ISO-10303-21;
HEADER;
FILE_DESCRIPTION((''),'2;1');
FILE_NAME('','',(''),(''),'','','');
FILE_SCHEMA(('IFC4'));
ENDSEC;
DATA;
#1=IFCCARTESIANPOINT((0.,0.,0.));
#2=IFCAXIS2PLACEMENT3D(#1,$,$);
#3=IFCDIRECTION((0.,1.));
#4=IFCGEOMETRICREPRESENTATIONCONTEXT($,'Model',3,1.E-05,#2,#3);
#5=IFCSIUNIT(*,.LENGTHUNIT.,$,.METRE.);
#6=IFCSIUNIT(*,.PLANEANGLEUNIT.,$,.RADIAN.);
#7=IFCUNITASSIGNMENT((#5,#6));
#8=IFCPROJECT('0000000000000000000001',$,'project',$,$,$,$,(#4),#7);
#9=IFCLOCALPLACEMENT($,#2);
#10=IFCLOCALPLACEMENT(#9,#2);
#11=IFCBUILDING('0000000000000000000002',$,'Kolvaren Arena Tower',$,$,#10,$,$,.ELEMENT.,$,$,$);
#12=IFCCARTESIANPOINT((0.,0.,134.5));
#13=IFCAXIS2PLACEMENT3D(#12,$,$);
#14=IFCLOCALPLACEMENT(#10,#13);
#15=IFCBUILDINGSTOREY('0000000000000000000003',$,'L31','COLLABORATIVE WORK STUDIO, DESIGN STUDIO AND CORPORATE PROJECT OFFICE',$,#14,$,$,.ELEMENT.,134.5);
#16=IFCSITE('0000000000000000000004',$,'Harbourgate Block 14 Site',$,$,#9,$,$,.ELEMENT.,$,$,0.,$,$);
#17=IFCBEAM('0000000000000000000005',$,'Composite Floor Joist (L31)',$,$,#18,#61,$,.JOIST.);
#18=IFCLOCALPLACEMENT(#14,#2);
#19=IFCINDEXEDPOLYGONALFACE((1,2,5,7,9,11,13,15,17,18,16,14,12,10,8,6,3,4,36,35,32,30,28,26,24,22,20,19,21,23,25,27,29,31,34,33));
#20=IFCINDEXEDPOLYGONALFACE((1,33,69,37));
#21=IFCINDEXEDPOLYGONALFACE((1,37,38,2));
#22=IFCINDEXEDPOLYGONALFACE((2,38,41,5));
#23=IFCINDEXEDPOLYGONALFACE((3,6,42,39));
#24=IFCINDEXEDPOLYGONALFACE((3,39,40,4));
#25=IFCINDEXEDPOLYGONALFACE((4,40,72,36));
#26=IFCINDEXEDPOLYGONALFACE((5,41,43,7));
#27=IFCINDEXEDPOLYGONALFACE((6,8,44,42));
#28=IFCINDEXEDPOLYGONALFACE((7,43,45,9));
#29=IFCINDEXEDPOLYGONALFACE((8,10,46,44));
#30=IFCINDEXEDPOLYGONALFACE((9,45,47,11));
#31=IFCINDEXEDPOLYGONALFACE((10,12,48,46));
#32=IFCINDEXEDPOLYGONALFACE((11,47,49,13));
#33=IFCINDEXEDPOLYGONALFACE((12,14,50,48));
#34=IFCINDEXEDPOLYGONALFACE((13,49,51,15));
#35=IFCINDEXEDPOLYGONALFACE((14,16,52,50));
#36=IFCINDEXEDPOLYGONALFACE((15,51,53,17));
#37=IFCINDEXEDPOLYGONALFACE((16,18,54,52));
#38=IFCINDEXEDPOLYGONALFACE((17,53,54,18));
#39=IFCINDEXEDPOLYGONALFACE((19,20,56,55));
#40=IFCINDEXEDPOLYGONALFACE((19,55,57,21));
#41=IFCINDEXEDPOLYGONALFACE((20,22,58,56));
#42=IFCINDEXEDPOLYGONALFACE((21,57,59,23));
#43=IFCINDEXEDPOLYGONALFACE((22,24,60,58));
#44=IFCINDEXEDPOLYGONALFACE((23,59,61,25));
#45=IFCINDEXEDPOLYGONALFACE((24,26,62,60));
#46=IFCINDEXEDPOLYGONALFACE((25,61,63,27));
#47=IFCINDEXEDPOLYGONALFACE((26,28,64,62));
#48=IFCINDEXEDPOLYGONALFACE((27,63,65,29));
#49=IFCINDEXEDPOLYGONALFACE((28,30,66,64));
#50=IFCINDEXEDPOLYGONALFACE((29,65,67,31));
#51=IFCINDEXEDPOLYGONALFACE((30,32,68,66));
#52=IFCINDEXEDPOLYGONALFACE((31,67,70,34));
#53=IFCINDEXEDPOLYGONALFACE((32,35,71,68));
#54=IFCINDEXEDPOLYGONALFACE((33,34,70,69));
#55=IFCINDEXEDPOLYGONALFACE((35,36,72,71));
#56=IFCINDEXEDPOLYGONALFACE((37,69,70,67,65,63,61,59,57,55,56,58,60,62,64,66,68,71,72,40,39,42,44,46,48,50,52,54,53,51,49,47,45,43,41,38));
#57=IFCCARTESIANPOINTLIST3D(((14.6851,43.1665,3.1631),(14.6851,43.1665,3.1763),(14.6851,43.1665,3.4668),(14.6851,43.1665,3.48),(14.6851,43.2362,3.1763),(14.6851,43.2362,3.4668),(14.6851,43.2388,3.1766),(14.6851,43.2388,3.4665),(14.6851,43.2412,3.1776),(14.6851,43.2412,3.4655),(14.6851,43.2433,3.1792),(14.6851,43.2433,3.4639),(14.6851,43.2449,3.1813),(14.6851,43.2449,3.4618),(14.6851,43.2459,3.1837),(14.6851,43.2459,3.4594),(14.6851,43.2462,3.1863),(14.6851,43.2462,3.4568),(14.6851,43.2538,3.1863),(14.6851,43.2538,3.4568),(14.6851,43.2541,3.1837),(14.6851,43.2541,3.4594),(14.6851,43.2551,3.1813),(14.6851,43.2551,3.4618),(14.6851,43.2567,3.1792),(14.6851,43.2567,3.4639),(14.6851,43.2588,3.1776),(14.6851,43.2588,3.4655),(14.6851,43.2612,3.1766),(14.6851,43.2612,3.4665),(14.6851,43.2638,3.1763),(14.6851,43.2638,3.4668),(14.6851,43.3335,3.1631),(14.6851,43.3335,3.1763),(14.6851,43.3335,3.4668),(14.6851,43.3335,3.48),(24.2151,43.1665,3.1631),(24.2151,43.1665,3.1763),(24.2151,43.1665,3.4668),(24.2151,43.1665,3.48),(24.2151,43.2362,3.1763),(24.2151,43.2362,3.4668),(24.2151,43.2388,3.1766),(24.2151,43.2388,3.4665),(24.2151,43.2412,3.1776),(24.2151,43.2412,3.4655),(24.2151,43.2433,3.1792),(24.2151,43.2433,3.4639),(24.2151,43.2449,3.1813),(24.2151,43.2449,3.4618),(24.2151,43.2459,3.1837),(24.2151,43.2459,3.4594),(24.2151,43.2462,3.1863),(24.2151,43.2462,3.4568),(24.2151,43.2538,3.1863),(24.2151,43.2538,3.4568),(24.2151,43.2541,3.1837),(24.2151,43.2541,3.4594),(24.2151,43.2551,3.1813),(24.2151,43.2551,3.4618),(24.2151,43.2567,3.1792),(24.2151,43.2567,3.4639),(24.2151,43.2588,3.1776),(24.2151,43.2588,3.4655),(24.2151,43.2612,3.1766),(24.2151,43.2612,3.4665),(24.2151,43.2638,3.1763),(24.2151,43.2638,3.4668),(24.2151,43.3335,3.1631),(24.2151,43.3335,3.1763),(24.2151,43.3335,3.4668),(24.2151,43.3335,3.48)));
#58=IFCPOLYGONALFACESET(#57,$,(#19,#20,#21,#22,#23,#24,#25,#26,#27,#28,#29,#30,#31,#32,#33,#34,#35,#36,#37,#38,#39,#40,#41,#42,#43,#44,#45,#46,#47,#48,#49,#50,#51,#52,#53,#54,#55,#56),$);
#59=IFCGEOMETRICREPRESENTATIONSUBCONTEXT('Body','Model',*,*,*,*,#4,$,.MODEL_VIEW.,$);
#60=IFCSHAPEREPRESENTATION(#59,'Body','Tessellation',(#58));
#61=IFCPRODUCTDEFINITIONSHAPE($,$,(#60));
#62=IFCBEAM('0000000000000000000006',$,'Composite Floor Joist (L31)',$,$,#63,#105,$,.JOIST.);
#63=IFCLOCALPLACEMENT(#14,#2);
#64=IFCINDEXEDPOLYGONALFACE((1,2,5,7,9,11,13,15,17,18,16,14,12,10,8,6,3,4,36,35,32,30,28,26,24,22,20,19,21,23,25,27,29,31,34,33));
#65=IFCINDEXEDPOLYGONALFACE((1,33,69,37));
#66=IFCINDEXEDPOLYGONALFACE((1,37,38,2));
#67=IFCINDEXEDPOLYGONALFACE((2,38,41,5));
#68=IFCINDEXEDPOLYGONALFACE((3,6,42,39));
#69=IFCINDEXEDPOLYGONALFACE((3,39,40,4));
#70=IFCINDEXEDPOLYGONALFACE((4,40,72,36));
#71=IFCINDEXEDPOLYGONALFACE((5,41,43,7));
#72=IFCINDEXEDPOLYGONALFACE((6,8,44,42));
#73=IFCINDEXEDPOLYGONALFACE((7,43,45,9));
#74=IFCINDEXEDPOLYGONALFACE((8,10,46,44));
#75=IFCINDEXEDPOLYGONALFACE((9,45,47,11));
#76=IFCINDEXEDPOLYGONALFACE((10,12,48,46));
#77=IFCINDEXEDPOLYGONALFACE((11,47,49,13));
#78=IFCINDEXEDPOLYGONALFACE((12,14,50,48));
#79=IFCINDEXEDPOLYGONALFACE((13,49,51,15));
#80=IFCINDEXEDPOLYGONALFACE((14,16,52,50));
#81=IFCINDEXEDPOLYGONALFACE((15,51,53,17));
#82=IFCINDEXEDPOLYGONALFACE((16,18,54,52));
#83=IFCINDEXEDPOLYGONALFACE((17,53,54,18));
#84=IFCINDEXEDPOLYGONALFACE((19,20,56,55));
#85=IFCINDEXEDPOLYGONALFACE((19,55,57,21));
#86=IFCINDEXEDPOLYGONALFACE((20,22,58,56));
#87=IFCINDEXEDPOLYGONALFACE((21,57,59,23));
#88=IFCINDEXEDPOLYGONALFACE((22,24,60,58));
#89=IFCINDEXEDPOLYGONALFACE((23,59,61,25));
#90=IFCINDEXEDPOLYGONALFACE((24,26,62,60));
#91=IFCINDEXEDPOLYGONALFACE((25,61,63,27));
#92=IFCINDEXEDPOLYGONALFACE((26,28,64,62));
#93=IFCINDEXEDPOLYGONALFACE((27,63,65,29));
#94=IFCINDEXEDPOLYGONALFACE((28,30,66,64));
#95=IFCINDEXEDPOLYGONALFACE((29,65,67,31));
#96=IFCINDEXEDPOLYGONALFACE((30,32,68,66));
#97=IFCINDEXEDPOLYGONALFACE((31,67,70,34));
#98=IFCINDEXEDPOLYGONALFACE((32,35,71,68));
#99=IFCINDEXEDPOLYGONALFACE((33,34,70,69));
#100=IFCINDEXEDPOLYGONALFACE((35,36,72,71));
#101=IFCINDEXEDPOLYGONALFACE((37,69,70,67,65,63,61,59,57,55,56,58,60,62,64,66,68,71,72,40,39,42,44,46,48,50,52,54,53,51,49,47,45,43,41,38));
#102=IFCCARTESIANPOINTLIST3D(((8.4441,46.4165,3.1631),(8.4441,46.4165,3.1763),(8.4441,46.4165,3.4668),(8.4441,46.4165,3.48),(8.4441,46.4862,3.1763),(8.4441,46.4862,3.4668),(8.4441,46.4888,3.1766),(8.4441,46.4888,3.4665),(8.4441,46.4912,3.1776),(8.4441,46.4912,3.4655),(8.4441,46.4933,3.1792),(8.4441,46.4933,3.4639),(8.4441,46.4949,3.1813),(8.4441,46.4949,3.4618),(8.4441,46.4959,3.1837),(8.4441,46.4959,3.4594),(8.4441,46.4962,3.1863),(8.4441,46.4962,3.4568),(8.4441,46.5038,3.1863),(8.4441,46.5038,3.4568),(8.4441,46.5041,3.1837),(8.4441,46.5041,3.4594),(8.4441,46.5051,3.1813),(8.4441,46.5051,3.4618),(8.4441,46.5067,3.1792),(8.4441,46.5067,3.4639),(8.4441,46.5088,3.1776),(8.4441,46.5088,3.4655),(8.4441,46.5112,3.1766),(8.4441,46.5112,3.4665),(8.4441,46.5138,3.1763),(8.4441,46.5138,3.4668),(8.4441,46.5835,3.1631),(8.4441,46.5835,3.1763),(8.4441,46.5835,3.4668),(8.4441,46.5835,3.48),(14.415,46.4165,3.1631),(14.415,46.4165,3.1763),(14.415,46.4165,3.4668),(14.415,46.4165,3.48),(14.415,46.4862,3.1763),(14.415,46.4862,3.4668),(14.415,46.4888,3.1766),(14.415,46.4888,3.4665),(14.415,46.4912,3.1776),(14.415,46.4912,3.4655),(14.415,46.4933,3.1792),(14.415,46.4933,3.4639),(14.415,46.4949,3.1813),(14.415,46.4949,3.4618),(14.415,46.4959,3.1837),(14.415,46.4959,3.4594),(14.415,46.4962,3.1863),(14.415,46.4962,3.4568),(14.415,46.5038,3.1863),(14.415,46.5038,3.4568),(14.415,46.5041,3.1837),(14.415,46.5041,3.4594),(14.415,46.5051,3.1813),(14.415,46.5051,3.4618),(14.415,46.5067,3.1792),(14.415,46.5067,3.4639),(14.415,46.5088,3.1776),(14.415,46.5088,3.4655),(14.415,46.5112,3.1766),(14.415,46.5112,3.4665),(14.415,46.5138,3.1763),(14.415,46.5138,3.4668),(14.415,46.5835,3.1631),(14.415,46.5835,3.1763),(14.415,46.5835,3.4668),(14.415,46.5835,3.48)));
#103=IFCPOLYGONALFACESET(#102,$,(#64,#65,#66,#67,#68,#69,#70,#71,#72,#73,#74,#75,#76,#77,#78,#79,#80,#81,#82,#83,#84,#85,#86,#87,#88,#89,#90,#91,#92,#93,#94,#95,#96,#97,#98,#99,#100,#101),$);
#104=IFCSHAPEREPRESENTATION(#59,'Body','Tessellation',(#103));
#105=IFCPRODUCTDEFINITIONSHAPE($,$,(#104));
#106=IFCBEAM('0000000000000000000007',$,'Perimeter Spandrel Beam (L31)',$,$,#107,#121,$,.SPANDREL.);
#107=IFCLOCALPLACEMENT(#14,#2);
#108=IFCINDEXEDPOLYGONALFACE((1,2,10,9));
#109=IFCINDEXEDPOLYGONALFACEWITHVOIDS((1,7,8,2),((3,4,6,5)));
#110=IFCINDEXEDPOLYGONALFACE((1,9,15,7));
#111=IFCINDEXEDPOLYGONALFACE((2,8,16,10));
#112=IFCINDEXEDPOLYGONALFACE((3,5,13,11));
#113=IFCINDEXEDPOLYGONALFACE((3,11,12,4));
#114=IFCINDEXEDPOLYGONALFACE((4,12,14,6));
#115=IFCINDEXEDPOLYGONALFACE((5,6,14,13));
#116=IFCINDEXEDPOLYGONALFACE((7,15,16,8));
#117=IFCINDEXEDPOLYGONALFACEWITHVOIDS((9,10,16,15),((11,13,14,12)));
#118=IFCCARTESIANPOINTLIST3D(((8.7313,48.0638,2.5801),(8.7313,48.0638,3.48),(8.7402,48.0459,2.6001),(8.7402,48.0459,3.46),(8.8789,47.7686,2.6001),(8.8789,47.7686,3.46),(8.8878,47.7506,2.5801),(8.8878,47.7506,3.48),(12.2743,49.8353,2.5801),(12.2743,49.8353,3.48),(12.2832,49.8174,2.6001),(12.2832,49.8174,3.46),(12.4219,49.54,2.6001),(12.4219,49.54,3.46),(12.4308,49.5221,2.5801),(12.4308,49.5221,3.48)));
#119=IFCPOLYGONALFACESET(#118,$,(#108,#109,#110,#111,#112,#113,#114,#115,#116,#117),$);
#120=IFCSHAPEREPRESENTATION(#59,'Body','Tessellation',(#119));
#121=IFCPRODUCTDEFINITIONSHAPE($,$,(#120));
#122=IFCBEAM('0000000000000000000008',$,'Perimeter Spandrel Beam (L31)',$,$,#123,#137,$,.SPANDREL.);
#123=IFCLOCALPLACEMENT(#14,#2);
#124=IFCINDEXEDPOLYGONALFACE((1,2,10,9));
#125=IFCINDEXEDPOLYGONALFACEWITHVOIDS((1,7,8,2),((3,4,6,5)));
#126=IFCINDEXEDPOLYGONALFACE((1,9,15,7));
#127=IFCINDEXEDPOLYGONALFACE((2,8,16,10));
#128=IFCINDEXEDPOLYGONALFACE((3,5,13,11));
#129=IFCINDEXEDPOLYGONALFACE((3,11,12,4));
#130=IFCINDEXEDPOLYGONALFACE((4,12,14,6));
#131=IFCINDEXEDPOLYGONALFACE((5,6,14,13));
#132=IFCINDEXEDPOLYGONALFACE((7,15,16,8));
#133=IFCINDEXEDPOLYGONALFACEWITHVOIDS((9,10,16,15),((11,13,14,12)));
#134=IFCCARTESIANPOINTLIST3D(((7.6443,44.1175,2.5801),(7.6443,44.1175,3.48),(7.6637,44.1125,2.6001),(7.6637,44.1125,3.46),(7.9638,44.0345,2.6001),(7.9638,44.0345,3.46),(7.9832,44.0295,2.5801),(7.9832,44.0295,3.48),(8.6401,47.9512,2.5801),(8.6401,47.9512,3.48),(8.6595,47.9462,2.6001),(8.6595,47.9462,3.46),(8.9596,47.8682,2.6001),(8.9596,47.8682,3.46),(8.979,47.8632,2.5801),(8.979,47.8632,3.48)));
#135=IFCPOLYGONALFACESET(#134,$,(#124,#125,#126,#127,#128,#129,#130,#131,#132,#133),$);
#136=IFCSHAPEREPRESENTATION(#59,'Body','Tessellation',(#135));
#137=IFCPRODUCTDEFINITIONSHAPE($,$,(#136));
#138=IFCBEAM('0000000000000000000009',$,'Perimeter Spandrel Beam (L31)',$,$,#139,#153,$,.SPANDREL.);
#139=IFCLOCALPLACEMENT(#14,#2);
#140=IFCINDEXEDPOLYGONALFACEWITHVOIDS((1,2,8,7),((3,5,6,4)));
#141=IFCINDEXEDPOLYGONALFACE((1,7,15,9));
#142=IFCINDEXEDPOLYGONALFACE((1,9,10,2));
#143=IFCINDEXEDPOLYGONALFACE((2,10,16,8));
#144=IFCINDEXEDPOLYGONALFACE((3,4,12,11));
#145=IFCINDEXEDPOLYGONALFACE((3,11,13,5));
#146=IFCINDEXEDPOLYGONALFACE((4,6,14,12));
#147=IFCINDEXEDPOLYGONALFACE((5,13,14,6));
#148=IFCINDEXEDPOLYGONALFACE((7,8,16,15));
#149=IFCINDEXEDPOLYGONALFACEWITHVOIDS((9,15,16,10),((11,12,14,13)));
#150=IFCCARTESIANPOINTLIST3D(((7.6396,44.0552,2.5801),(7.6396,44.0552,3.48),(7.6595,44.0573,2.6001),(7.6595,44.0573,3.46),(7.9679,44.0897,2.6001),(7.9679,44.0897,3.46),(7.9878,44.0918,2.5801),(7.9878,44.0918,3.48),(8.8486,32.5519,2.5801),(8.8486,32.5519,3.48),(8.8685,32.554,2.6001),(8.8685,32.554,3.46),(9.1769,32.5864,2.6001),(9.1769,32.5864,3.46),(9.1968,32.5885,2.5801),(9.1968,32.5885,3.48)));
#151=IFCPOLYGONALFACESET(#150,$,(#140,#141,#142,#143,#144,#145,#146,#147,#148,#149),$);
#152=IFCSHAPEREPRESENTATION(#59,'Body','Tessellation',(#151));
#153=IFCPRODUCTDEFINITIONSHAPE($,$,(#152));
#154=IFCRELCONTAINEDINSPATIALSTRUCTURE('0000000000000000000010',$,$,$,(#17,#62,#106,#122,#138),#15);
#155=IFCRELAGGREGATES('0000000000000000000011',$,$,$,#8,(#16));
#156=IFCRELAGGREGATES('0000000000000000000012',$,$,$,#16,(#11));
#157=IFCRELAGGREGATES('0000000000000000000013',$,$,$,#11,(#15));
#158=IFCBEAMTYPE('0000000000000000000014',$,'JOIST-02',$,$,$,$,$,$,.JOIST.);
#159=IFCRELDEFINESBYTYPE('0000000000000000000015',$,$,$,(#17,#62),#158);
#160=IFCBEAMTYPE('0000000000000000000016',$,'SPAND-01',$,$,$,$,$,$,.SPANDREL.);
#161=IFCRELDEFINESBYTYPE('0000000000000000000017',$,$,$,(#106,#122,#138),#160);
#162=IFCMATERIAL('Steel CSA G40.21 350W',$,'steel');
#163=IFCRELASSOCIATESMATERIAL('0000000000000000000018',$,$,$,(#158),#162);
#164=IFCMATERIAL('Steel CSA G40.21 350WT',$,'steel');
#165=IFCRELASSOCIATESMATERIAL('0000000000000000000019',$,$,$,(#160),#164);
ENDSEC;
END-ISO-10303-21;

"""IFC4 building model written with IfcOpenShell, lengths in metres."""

from ifc_helpers import new_model, si_unit, direction, frame, origin, origin_2d, place, context, subcontext, project, spatial, hollow_rectangle, i_section, extrude, material, material_profile, profile_set, type_object, element, save


model = new_model("IFC4")

# Units and contexts
model_context = context("Model", 3, precision=1e-05, world=origin(), true_north=direction((0.0, 1.0)))
body_context = subcontext(model_context, "Body", "Model", "MODEL_VIEW")
ifc_project = project(units=[si_unit("LENGTHUNIT", "METRE"), si_unit("PLANEANGLEUNIT", "RADIAN")], contexts=[model_context])

# Site, building, storey
site_placement = place(None, origin())
site = spatial("IfcSite", under=ifc_project, at=site_placement, Name="Harbourgate Block 14 Site", CompositionType="ELEMENT", RefElevation=0.0)
building_placement = place(site_placement, origin())
building = spatial("IfcBuilding", under=site, at=building_placement, Name="Kolvaren Arena Tower", CompositionType="ELEMENT")
storey_placement = place(building_placement, frame((0.0, 0.0, 134.5)))
storey = spatial("IfcBuildingStorey", under=building, at=storey_placement, Name="L31", Description="COLLABORATIVE WORK STUDIO, DESIGN STUDIO AND CORPORATE PROJECT OFFICE", CompositionType="ELEMENT", Elevation=134.5)

# Beams
ifc_material_1 = material(Name="Steel CSA G40.21 350W", Category="steel")
ifc_material_profile_1 = material_profile(ifc_material_1, i_section(OverallWidth=0.167, OverallDepth=0.3169, WebThickness=0.0076, FlangeThickness=0.0132, FilletRadius=0.01, at=origin_2d()), Name="W310x52")
ifc_profile_set_1 = profile_set([ifc_material_profile_1], Name="Steel CSA G40.21 350W")
beam_type_1 = type_object("IfcBeamType", Name="JOIST-02", PredefinedType="JOIST", material=ifc_profile_set_1)
beam_1_placement = place(storey_placement, frame((14.6851, 43.25, 3.3215), z_axis=(1.0, 0.0, 0.0), x_axis=(0.0, 1.0, 0.0)))
element("IfcBeam", 1, at=beam_1_placement, inside=storey, type_object=beam_type_1, Name="Composite Floor Joist (L31)", PredefinedType="JOIST", context=body_context, shape_type="SweptSolid", body=[
    extrude(i_section(OverallWidth=0.167, OverallDepth=0.3169, WebThickness=0.0076, FlangeThickness=0.0132, FilletRadius=0.01, at=origin_2d()), origin(), (0.0, 0.0, 1.0), 9.53),
])
beam_2_placement = place(storey_placement, frame((8.4441, 46.5, 3.3215), z_axis=(1.0, 0.0, 0.0), x_axis=(0.0, 1.0, 0.0)))
element("IfcBeam", 2, at=beam_2_placement, inside=storey, type_object=beam_type_1, Name="Composite Floor Joist (L31)", PredefinedType="JOIST", context=body_context, shape_type="SweptSolid", body=[
    extrude(i_section(OverallWidth=0.167, OverallDepth=0.3169, WebThickness=0.0076, FlangeThickness=0.0132, FilletRadius=0.01, at=origin_2d()), origin(), (0.0, 0.0, 1.0), 5.9709),
])
ifc_material_2 = material(Name="Steel CSA G40.21 350WT", Category="steel")
ifc_material_profile_2 = material_profile(ifc_material_2, hollow_rectangle(XDim=0.3501, YDim=0.8999, WallThickness=0.02, at=origin_2d()), Name="HSS 900x350x20")
ifc_profile_set_2 = profile_set([ifc_material_profile_2], Name="Steel CSA G40.21 350WT")
beam_type_2 = type_object("IfcBeamType", Name="SPAND-01", PredefinedType="SPANDREL", material=ifc_profile_set_2)
beam_3_placement = place(storey_placement, frame((12.3525, 49.6787, 3.03), z_axis=(-0.894427, -0.447214, 0.0), x_axis=(0.447214, -0.894427, 0.0)))
element("IfcBeam", 3, at=beam_3_placement, inside=storey, type_object=beam_type_2, Name="Perimeter Spandrel Beam (L31)", PredefinedType="SPANDREL", context=body_context, shape_type="SweptSolid", body=[
    extrude(hollow_rectangle(XDim=0.3501, YDim=0.8999, WallThickness=0.02, at=origin_2d()), origin(), (0.0, 0.0, 1.0), 3.9612),
])
beam_4_placement = place(storey_placement, frame((8.8096, 47.9072, 3.03), z_axis=(-0.251416, -0.967879, 0.0), x_axis=(0.967879, -0.251416, 0.0)))
element("IfcBeam", 4, at=beam_4_placement, inside=storey, type_object=beam_type_2, Name="Perimeter Spandrel Beam (L31)", PredefinedType="SPANDREL", context=body_context, shape_type="SweptSolid", body=[
    extrude(hollow_rectangle(XDim=0.3501, YDim=0.8999, WallThickness=0.02, at=origin_2d()), origin(), (0.0, 0.0, 1.0), 3.9609),
])
beam_5_placement = place(storey_placement, frame((7.8137, 44.0735, 3.03), z_axis=(0.104524, -0.994522, 0.0), x_axis=(0.994522, 0.104524, 0.0)))
element("IfcBeam", 5, at=beam_5_placement, inside=storey, type_object=beam_type_2, Name="Perimeter Spandrel Beam (L31)", PredefinedType="SPANDREL", context=body_context, shape_type="SweptSolid", body=[
    extrude(hollow_rectangle(XDim=0.3501, YDim=0.8999, WallThickness=0.02, at=origin_2d()), origin(), (0.0, 0.0, 1.0), 11.5667),
])

save(model, "model.ifc")
